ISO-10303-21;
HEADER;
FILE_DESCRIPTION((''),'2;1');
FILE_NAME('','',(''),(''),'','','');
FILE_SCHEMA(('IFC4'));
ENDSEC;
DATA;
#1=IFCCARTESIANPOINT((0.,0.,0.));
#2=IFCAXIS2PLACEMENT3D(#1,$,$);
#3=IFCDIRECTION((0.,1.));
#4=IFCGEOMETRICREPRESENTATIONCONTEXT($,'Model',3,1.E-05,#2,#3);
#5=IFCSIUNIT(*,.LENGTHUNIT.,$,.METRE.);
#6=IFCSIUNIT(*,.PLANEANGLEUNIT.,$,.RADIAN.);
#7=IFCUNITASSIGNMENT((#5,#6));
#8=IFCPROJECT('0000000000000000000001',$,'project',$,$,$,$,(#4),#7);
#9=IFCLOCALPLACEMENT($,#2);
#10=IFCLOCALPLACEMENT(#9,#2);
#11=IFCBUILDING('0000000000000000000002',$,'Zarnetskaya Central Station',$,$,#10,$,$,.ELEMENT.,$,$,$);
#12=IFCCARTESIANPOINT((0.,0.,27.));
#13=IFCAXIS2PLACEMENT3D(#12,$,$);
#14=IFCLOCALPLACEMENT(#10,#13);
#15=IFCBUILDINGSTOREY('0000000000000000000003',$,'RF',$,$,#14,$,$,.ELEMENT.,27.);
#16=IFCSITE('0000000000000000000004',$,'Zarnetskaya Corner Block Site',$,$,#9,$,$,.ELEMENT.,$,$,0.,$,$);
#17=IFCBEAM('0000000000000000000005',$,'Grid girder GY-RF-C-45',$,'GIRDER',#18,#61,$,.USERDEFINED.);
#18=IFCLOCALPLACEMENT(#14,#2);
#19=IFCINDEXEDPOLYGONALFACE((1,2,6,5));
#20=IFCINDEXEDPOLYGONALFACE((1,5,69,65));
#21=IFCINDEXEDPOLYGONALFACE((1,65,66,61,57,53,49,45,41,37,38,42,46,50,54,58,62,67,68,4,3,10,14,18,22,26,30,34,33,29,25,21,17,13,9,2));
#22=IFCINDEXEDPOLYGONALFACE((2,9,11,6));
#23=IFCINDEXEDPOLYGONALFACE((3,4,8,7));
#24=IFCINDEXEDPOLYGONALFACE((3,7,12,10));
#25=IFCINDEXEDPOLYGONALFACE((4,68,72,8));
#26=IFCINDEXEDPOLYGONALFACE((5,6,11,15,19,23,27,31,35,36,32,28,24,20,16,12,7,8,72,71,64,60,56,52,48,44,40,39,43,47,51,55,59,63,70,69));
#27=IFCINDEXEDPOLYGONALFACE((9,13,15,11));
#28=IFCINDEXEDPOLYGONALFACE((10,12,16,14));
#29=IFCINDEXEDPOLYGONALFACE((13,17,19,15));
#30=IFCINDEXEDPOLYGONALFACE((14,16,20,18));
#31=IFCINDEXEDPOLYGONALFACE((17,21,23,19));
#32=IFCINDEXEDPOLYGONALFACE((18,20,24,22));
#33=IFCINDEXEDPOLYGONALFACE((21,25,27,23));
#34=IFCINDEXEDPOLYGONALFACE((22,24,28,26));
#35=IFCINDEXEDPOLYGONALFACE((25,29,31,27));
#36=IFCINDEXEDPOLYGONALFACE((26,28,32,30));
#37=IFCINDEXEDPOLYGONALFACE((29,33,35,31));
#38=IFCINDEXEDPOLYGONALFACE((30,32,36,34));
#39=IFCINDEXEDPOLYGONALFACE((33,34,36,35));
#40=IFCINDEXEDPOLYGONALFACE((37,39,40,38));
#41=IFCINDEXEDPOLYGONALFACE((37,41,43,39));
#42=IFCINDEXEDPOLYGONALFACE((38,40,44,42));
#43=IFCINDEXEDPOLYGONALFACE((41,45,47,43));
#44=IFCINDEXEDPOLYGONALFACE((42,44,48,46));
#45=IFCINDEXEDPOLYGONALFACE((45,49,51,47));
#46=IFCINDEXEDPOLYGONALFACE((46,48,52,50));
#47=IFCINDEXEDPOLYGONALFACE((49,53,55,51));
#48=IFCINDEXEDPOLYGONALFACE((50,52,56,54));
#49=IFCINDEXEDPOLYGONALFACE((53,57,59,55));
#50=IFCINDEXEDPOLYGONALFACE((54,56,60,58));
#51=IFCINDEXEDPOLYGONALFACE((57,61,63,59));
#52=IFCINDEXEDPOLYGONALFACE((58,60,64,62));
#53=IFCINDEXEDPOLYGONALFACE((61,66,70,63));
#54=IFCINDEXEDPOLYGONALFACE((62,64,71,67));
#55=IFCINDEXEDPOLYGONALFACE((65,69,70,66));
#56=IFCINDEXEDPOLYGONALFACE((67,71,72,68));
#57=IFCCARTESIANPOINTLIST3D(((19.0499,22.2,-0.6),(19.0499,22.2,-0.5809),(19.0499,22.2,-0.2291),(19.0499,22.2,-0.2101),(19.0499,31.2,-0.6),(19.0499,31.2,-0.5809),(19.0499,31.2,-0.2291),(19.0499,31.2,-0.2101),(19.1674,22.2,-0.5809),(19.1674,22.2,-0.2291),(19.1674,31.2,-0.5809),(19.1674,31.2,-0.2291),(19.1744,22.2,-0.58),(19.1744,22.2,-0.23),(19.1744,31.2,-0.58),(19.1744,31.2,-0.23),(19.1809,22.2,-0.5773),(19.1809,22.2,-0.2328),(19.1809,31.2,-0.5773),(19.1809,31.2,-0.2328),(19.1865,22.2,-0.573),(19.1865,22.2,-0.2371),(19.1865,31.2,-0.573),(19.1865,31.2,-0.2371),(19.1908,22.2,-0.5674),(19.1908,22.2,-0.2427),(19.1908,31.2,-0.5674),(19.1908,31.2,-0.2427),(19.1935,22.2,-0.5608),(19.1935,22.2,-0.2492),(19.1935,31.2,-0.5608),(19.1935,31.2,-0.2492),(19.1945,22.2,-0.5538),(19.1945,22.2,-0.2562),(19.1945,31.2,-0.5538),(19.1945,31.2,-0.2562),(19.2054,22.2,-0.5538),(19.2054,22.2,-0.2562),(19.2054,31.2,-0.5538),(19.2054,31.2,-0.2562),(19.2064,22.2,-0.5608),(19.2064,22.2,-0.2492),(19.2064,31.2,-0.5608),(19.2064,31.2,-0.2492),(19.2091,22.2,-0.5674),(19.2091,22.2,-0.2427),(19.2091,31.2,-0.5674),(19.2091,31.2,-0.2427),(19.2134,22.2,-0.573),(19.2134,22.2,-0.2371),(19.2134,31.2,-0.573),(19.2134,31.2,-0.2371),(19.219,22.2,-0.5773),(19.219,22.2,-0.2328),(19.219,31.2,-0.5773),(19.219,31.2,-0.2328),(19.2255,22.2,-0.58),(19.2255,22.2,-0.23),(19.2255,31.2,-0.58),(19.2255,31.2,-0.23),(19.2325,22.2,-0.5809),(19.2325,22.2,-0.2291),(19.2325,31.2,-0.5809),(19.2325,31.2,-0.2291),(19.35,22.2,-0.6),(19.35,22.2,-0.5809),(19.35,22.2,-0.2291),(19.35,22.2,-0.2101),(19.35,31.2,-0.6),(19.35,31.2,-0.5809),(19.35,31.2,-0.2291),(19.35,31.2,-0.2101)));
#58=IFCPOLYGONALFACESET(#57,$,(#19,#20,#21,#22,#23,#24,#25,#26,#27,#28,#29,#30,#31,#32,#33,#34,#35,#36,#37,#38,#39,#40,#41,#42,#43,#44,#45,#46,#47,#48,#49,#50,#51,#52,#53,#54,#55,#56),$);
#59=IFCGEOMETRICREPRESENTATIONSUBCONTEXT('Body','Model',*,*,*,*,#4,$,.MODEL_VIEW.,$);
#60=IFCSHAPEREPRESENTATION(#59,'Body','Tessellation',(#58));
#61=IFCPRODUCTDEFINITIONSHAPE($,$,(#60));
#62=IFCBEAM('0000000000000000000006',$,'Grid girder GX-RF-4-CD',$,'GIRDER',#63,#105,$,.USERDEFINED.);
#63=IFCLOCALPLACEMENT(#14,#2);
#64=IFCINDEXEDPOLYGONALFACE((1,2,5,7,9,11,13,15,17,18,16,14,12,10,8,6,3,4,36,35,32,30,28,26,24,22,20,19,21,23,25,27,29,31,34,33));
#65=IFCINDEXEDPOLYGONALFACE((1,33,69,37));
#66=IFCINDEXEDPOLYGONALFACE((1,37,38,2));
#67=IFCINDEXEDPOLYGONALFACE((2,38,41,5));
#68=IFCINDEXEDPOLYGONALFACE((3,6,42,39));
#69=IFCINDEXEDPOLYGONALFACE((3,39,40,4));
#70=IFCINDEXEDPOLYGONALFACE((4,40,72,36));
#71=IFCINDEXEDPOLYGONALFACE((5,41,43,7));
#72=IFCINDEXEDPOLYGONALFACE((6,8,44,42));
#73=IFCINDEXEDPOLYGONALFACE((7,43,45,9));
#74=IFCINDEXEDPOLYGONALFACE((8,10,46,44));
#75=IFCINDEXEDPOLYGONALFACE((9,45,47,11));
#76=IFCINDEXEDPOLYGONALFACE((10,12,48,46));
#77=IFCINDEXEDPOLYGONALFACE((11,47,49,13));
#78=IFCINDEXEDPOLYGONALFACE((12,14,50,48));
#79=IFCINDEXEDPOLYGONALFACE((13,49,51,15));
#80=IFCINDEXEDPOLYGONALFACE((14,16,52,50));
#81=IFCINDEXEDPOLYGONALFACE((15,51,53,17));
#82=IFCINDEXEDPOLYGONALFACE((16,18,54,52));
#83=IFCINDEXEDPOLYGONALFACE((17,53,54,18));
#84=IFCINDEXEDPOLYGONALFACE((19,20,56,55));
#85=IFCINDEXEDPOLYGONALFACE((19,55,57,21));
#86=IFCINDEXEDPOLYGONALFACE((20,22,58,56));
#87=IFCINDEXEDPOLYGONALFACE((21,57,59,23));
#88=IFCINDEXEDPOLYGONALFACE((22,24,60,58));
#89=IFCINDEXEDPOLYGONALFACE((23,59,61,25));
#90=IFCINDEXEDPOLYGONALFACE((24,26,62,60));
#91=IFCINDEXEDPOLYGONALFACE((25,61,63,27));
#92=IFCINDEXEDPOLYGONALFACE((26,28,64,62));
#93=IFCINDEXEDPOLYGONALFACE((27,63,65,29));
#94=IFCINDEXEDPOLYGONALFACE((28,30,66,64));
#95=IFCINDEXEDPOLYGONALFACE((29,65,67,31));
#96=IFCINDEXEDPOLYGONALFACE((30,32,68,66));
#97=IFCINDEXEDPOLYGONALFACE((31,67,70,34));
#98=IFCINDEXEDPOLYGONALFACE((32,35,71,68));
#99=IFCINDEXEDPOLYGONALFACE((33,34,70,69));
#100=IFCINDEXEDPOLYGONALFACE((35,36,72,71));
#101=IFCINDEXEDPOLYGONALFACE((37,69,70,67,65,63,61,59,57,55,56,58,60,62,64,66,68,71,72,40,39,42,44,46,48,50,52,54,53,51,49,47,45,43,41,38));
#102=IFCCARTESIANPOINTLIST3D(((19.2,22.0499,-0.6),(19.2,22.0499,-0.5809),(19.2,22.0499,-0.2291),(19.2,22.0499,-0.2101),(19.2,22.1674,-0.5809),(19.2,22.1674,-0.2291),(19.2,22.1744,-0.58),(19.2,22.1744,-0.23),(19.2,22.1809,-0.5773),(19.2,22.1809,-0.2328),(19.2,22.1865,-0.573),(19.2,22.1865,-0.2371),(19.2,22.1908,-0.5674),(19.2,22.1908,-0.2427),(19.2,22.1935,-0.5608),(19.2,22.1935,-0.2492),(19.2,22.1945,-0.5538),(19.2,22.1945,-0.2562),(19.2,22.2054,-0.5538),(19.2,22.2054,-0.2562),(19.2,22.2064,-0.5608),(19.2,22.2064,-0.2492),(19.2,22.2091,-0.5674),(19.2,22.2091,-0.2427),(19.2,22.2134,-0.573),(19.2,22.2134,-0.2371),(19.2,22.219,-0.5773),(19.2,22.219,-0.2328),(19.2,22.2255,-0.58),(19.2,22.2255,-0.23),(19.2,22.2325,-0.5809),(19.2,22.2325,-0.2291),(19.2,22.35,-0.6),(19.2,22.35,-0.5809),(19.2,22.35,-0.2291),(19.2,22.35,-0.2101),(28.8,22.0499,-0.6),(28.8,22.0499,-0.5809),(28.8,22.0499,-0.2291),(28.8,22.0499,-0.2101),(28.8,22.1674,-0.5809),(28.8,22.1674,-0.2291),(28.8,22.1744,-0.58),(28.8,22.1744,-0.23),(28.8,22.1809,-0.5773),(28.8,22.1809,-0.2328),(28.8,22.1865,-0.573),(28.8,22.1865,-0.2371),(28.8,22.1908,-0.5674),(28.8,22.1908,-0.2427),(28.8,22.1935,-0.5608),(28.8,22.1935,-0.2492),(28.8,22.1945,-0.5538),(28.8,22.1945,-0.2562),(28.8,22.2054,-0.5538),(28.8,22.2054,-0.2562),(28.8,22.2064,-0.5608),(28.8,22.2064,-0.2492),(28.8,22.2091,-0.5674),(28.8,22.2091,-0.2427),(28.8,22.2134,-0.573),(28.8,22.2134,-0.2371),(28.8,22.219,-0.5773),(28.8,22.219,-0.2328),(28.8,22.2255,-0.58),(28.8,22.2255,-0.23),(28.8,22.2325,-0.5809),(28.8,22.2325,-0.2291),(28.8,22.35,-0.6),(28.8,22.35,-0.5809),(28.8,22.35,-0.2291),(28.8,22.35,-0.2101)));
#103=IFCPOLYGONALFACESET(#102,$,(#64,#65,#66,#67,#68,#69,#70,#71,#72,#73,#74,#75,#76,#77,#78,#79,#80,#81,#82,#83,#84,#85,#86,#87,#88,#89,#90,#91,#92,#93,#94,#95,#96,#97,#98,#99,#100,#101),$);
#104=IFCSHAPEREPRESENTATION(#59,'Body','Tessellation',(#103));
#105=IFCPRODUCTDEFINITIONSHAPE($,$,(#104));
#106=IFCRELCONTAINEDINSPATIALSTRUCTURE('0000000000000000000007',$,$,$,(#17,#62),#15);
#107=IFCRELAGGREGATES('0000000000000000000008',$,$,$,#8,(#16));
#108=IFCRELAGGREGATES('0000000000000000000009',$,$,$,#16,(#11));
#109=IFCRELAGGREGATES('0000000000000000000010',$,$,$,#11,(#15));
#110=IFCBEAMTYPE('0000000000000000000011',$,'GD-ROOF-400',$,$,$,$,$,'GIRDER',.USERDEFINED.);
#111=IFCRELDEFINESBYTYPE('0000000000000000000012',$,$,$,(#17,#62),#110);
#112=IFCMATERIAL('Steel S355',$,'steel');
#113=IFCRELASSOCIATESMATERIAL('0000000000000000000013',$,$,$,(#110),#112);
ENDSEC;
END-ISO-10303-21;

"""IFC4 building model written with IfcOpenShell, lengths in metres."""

from ifc_helpers import new_model, si_unit, direction, frame, origin, origin_2d, place, context, subcontext, project, spatial, i_section, extrude, material, material_profile, profile_set, type_object, element, save


model = new_model("IFC4")

# Units and contexts
model_context = context("Model", 3, precision=1e-05, world=origin(), true_north=direction((0.0, 1.0)))
body_context = subcontext(model_context, "Body", "Model", "MODEL_VIEW")
ifc_project = project(units=[si_unit("LENGTHUNIT", "METRE"), si_unit("PLANEANGLEUNIT", "RADIAN")], contexts=[model_context])

# Site, building, storey
site_placement = place(None, origin())
site = spatial("IfcSite", under=ifc_project, at=site_placement, Name="Zarnetskaya Corner Block Site", CompositionType="ELEMENT", RefElevation=0.0)
building_placement = place(site_placement, origin())
building = spatial("IfcBuilding", under=site, at=building_placement, Name="Zarnetskaya Central Station", CompositionType="ELEMENT")
storey_placement = place(building_placement, frame((0.0, 0.0, 27.0)))
storey = spatial("IfcBuildingStorey", under=building, at=storey_placement, Name="RF", CompositionType="ELEMENT", Elevation=27.0)

# Beams
ifc_material = material(Name="Steel S355", Category="steel")
ifc_material_profile_1 = material_profile(ifc_material, i_section(OverallWidth=0.3, OverallDepth=0.3899, WebThickness=0.011, FlangeThickness=0.019, FilletRadius=0.0271, at=origin_2d()), Name="HEA 400")
ifc_profile_set_1 = profile_set([ifc_material_profile_1], Name="Steel S355")
beam_type_1 = type_object("IfcBeamType", Name="GD-ROOF-400", ElementType="GIRDER", PredefinedType="USERDEFINED", material=ifc_profile_set_1)
beam_1_placement = place(storey_placement, frame((19.2, 22.2, -0.405), z_axis=(0.0, 1.0, 0.0), x_axis=(-1.0, 0.0, 0.0)))
element("IfcBeam", 1, at=beam_1_placement, inside=storey, type_object=beam_type_1, Name="Grid girder GY-RF-C-45", ObjectType="GIRDER", PredefinedType="USERDEFINED", context=body_context, shape_type="SweptSolid", body=[
    extrude(i_section(OverallWidth=0.3, OverallDepth=0.3899, WebThickness=0.011, FlangeThickness=0.019, FilletRadius=0.0271, at=origin_2d()), origin(), (0.0, 0.0, 1.0), 9.0),
])
beam_2_placement = place(storey_placement, frame((19.2, 22.2, -0.405), z_axis=(1.0, 0.0, 0.0), x_axis=(0.0, 1.0, 0.0)))
element("IfcBeam", 2, at=beam_2_placement, inside=storey, type_object=beam_type_1, Name="Grid girder GX-RF-4-CD", ObjectType="GIRDER", PredefinedType="USERDEFINED", context=body_context, shape_type="SweptSolid", body=[
    extrude(i_section(OverallWidth=0.3, OverallDepth=0.3899, WebThickness=0.011, FlangeThickness=0.019, FilletRadius=0.0271, at=origin_2d()), origin(), (0.0, 0.0, 1.0), 9.6001),
])

save(model, "model.ifc")
